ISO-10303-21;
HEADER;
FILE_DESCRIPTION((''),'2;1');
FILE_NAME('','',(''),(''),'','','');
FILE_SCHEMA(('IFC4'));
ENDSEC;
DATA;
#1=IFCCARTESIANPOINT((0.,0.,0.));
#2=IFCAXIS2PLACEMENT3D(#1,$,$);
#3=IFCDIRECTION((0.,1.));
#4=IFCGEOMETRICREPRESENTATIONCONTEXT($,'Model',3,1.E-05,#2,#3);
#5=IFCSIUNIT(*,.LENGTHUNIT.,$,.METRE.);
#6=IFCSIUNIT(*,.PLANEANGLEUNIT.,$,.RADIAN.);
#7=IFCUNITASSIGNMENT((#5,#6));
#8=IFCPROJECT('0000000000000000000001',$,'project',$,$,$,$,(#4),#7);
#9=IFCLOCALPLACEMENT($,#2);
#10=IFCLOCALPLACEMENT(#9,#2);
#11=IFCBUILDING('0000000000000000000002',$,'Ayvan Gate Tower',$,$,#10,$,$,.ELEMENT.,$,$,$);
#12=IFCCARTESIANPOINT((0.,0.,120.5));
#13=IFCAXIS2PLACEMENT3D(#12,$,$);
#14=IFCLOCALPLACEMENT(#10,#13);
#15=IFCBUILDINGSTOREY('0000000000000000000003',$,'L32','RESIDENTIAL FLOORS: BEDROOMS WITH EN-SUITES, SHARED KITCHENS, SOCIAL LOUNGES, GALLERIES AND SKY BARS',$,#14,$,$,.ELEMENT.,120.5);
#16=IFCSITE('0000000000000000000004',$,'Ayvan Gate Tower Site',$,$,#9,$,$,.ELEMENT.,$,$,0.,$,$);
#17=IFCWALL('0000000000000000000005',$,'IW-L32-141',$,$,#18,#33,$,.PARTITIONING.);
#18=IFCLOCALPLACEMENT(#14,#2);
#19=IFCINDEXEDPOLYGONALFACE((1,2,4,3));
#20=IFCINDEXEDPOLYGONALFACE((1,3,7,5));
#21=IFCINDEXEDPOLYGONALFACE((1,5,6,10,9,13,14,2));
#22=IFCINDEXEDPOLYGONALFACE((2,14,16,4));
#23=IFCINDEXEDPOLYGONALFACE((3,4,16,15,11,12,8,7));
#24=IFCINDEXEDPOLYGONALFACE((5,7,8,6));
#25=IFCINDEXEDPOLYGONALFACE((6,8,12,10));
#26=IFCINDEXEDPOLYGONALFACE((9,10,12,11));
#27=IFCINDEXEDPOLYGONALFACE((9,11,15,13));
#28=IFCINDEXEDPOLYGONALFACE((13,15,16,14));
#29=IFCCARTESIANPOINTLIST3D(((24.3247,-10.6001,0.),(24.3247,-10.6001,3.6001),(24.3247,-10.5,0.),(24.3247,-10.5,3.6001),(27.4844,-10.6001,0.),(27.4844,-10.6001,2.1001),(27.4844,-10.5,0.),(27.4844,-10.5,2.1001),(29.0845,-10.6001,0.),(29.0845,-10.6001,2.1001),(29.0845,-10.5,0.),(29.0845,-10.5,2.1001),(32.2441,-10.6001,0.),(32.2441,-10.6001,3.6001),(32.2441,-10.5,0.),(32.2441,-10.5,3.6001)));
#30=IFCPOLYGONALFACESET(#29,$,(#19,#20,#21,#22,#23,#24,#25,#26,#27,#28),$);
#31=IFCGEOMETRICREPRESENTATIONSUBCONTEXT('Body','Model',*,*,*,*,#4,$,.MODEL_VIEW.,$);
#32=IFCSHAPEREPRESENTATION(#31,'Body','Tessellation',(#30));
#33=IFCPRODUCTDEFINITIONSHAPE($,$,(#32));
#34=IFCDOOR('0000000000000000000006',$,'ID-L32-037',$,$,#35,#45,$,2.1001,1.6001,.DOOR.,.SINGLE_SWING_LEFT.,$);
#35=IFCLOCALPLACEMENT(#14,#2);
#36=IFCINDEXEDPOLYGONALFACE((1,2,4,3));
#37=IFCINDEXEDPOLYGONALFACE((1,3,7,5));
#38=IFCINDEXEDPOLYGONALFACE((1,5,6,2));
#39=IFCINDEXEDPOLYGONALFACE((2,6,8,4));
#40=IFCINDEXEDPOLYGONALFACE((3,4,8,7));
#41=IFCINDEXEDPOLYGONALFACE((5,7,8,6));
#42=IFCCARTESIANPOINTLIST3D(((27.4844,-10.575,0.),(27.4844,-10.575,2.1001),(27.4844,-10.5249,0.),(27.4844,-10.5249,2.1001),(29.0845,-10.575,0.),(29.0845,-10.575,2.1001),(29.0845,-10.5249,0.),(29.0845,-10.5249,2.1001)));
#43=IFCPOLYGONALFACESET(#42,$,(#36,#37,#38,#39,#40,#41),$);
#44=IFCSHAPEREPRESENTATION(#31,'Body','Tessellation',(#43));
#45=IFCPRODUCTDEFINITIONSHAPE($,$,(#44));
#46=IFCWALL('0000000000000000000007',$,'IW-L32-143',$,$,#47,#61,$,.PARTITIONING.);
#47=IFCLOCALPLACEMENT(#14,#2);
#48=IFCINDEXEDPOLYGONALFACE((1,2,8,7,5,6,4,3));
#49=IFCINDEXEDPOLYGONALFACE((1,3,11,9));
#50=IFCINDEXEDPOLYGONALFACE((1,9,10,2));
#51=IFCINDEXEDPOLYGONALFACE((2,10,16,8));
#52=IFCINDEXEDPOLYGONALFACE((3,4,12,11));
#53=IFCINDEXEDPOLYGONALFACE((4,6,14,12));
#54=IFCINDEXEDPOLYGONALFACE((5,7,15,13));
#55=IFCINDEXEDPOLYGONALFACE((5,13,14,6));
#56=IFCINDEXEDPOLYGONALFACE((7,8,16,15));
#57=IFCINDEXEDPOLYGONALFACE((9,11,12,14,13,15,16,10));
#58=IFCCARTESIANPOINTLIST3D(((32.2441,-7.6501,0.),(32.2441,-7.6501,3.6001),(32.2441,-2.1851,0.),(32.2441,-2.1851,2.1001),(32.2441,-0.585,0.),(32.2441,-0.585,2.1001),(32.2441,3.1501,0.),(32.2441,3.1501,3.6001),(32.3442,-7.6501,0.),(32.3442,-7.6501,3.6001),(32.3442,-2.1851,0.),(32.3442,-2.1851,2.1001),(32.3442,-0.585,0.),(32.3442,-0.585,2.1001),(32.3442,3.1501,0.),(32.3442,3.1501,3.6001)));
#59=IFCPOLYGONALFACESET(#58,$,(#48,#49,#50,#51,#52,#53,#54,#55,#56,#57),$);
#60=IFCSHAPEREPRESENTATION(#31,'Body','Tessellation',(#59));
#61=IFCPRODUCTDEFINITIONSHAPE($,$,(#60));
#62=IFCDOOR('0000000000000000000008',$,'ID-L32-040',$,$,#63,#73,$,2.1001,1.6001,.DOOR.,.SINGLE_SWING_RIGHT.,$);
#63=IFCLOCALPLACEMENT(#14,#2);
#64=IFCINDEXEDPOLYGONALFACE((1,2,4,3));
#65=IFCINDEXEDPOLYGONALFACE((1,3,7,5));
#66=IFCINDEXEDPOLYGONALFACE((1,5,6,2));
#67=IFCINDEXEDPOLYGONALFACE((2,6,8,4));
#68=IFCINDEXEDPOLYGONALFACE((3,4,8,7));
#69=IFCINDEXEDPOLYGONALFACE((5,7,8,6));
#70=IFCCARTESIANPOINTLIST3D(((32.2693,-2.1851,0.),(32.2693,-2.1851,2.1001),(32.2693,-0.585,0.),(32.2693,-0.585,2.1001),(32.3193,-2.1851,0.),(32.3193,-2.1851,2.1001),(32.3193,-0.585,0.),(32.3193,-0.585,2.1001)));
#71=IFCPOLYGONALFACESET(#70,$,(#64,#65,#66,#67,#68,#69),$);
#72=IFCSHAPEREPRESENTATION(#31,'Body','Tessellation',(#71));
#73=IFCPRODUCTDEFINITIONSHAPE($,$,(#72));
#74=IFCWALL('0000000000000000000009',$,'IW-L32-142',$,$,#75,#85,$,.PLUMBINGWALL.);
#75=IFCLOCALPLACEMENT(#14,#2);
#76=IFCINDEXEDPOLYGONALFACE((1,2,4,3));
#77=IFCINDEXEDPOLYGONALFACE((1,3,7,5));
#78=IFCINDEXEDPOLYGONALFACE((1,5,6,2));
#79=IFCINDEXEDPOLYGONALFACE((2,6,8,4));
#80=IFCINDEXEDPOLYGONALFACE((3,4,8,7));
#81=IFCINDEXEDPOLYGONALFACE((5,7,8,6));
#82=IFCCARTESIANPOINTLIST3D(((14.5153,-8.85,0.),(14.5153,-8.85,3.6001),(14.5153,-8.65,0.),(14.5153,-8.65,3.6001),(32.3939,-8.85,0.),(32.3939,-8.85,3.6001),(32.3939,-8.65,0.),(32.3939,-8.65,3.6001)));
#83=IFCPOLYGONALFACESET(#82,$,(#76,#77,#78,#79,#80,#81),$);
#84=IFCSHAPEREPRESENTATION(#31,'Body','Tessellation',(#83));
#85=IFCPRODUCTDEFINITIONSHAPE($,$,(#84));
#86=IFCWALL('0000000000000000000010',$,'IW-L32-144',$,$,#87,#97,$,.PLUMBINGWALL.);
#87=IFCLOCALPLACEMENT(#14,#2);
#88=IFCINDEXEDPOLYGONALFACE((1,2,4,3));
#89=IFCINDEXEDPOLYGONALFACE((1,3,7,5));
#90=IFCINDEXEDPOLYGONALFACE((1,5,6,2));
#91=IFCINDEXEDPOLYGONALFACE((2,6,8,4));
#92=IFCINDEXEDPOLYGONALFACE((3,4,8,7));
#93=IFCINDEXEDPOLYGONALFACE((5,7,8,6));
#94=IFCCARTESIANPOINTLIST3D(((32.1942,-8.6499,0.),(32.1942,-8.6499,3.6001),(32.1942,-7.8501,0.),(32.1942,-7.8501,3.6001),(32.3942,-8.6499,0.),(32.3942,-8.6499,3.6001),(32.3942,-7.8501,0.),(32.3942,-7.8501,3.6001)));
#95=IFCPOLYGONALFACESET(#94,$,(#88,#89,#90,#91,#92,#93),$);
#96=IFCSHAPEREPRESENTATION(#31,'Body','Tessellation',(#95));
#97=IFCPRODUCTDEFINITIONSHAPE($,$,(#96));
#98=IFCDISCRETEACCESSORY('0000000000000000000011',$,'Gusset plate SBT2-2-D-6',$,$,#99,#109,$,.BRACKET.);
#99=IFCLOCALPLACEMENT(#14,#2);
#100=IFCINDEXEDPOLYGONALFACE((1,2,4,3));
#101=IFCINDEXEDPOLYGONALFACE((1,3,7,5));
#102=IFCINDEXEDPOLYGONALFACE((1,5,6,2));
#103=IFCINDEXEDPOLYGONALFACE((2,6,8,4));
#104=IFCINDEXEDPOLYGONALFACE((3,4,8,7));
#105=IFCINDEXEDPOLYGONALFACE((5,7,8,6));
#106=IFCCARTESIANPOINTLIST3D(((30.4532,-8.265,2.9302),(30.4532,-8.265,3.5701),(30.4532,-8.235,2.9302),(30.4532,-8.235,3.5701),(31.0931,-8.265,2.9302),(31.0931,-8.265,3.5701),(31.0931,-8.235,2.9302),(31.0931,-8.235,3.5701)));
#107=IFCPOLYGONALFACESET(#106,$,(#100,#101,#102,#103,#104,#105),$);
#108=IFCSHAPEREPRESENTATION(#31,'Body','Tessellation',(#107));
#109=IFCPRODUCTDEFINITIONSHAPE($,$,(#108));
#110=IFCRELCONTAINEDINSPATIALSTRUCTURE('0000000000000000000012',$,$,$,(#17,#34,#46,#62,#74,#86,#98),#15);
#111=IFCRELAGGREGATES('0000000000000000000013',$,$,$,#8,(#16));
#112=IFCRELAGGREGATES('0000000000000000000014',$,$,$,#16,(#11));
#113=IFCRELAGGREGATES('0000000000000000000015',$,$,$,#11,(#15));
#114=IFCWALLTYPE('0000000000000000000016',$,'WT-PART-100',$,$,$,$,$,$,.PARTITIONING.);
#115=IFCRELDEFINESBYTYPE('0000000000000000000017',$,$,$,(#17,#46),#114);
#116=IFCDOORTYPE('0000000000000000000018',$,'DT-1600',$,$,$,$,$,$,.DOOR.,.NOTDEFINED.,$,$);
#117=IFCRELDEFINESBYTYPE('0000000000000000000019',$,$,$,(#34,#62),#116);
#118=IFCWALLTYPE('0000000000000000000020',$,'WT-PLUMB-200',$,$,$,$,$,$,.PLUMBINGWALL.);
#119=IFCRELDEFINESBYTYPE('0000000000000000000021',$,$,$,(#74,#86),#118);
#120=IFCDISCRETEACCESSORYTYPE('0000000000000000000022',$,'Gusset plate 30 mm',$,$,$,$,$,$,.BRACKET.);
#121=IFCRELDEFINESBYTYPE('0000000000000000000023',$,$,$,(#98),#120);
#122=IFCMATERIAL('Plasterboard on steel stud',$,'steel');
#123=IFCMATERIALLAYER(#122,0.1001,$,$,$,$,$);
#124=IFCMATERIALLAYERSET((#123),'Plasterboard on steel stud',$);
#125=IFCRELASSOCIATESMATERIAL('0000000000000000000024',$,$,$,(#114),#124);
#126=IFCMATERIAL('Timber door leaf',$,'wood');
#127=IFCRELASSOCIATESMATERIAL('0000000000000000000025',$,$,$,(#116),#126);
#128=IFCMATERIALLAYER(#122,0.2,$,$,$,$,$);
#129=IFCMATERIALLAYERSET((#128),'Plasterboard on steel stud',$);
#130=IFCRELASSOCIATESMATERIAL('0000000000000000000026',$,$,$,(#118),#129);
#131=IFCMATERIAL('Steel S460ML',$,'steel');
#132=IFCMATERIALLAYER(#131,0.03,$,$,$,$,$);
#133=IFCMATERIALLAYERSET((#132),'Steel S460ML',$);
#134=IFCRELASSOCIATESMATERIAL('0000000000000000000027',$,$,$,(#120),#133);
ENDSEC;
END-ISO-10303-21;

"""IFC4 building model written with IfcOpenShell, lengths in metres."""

from ifc_helpers import new_model, si_unit, direction, frame, frame_2d, origin, origin_2d, place, context, subcontext, project, spatial, rectangle, extrude, material, layer, layer_set, type_object, element, fill, save


model = new_model("IFC4")

# Units and contexts
model_context = context("Model", 3, precision=1e-05, world=origin(), true_north=direction((0.0, 1.0)))
body_context = subcontext(model_context, "Body", "Model", "MODEL_VIEW")
ifc_project = project(units=[si_unit("LENGTHUNIT", "METRE"), si_unit("PLANEANGLEUNIT", "RADIAN")], contexts=[model_context])

# Site, building, storey
site_placement = place(None, origin())
site = spatial("IfcSite", under=ifc_project, at=site_placement, Name="Ayvan Gate Tower Site", CompositionType="ELEMENT", RefElevation=0.0)
building_placement = place(site_placement, origin())
building = spatial("IfcBuilding", under=site, at=building_placement, Name="Ayvan Gate Tower", CompositionType="ELEMENT")
storey_placement = place(building_placement, frame((0.0, 0.0, 120.5)))
storey = spatial("IfcBuildingStorey", under=building, at=storey_placement, Name="L32", Description="RESIDENTIAL FLOORS: BEDROOMS WITH EN-SUITES, SHARED KITCHENS, SOCIAL LOUNGES, GALLERIES AND SKY BARS", CompositionType="ELEMENT", Elevation=120.5)

# Shared definitions
ifc_material_1 = material(Name="Steel S460ML", Category="steel")

# Shared definitions
ifc_material_2 = material(Name="Plasterboard on steel stud", Category="steel")
ifc_layer_1 = layer(ifc_material_2, 0.1001)
ifc_layer_set_1 = layer_set([ifc_layer_1], Name="Plasterboard on steel stud")
wall_type_1 = type_object("IfcWallType", Name="WT-PART-100", PredefinedType="PARTITIONING", material=ifc_layer_set_1)

# Walls, openings, doors
wall_1_placement = place(storey_placement, frame((32.2441, -10.55, 0.0), z_axis=(0.0, 0.0, 1.0), x_axis=(-1.0, 0.0, 0.0)))
wall_1 = element("IfcWall", 1, at=wall_1_placement, inside=storey, type_object=wall_type_1, Name="IW-L32-141", PredefinedType="PARTITIONING", context=body_context, shape_type="SweptSolid", body=[
    extrude(rectangle(XDim=7.9194, YDim=0.1001, at=frame_2d((3.9597, 0.0))), origin(), (0.0, 0.0, 1.0), 3.6001),
])
opening_1_placement = place(wall_1_placement, frame((3.1597, 0.0, 0.0)))
opening_1 = element("IfcOpeningElement", 2, at=opening_1_placement, cuts=wall_1, PredefinedType="OPENING", context=body_context, shape_type="SweptSolid", body=[
    extrude(rectangle(XDim=1.6001, YDim=2.1001, at=frame_2d((0.8, 1.05))), frame((0.0, 0.0601, 0.0), z_axis=(0.0, -1.0, 0.0), x_axis=(1.0, 0.0, 0.0)), (0.0, 0.0, 1.0), 0.1201),
])
ifc_material_3 = material(Name="Timber door leaf", Category="wood")
door_type = type_object("IfcDoorType", Name="DT-1600", OperationType="NOTDEFINED", PredefinedType="DOOR", material=ifc_material_3)
door_1_placement = place(opening_1_placement, origin())
door_1 = element("IfcDoor", 3, at=door_1_placement, inside=storey, type_object=door_type, Name="ID-L32-037", OperationType="SINGLE_SWING_LEFT", OverallHeight=2.1001, OverallWidth=1.6001, PredefinedType="DOOR", context=body_context, shape_type="SweptSolid", body=[
    extrude(rectangle(XDim=1.6001, YDim=2.1001, at=frame_2d((0.8, 1.05))), frame((0.0, 0.0249, 0.0), z_axis=(0.0, -1.0, 0.0), x_axis=(1.0, 0.0, 0.0)), (0.0, 0.0, 1.0), 0.05),
])
fill(opening_1, door_1)
wall_2_placement = place(storey_placement, frame((32.2942, -7.6501, 0.0), z_axis=(0.0, 0.0, 1.0), x_axis=(0.0, 1.0, 0.0)))
wall_2 = element("IfcWall", 4, at=wall_2_placement, inside=storey, type_object=wall_type_1, Name="IW-L32-143", PredefinedType="PARTITIONING", context=body_context, shape_type="SweptSolid", body=[
    extrude(rectangle(XDim=10.8003, YDim=0.1001, at=frame_2d((5.4001, 0.0))), origin(), (0.0, 0.0, 1.0), 3.6001),
])
opening_2_placement = place(wall_2_placement, frame((5.4651, 0.0, 0.0)))
opening_2 = element("IfcOpeningElement", 5, at=opening_2_placement, cuts=wall_2, PredefinedType="OPENING", context=body_context, shape_type="SweptSolid", body=[
    extrude(rectangle(XDim=1.6001, YDim=2.1001, at=frame_2d((0.8, 1.05))), frame((0.0, 0.0601, 0.0), z_axis=(0.0, -1.0, 0.0), x_axis=(1.0, 0.0, 0.0)), (0.0, 0.0, 1.0), 0.1201),
])
door_2_placement = place(opening_2_placement, origin())
door_2 = element("IfcDoor", 6, at=door_2_placement, inside=storey, type_object=door_type, Name="ID-L32-040", OperationType="SINGLE_SWING_RIGHT", OverallHeight=2.1001, OverallWidth=1.6001, PredefinedType="DOOR", context=body_context, shape_type="SweptSolid", body=[
    extrude(rectangle(XDim=1.6001, YDim=2.1001, at=frame_2d((0.8, 1.05))), frame((0.0, 0.0249, 0.0), z_axis=(0.0, -1.0, 0.0), x_axis=(1.0, 0.0, 0.0)), (0.0, 0.0, 1.0), 0.05),
])
fill(opening_2, door_2)

# Walls
ifc_layer_2 = layer(ifc_material_2, 0.2)
ifc_layer_set_2 = layer_set([ifc_layer_2], Name="Plasterboard on steel stud")
wall_type_2 = type_object("IfcWallType", Name="WT-PLUMB-200", PredefinedType="PLUMBINGWALL", material=ifc_layer_set_2)
wall_3_placement = place(storey_placement, frame((32.394, -8.75, 0.0), z_axis=(0.0, 0.0, 1.0), x_axis=(-1.0, 0.0, 0.0)))
element("IfcWall", 7, at=wall_3_placement, inside=storey, type_object=wall_type_2, Name="IW-L32-142", PredefinedType="PLUMBINGWALL", context=body_context, shape_type="SweptSolid", body=[
    extrude(rectangle(XDim=17.8787, YDim=0.2, at=frame_2d((8.9395, 0.0))), origin(), (0.0, 0.0, 1.0), 3.6001),
])
wall_4_placement = place(storey_placement, frame((32.2942, -7.8501, 0.0), z_axis=(0.0, 0.0, 1.0), x_axis=(0.0, -1.0, 0.0)))
element("IfcWall", 8, at=wall_4_placement, inside=storey, type_object=wall_type_2, Name="IW-L32-144", PredefinedType="PLUMBINGWALL", context=body_context, shape_type="SweptSolid", body=[
    extrude(rectangle(XDim=0.7998, YDim=0.2, at=frame_2d((0.3999, 0.0))), origin(), (0.0, 0.0, 1.0), 3.6001),
])

# Discrete accessory
ifc_layer_3 = layer(ifc_material_1, 0.03)
ifc_layer_set_3 = layer_set([ifc_layer_3], Name="Steel S460ML")
discrete_accessory_type = type_object("IfcDiscreteAccessoryType", Name="Gusset plate 30 mm", PredefinedType="BRACKET", material=ifc_layer_set_3)
discrete_accessory_placement = place(storey_placement, frame((30.7732, -8.25, 2.9302), z_axis=(0.0, 0.0, 1.0), x_axis=(1.0, 0.0, 0.0)))
element("IfcDiscreteAccessory", 9, at=discrete_accessory_placement, inside=storey, type_object=discrete_accessory_type, Name="Gusset plate SBT2-2-D-6", PredefinedType="BRACKET", context=body_context, shape_type="SweptSolid", body=[
    extrude(rectangle(XDim=0.6399, YDim=0.03, at=origin_2d()), origin(), (0.0, 0.0, 1.0), 0.6399),
])

save(model, "model.ifc")
